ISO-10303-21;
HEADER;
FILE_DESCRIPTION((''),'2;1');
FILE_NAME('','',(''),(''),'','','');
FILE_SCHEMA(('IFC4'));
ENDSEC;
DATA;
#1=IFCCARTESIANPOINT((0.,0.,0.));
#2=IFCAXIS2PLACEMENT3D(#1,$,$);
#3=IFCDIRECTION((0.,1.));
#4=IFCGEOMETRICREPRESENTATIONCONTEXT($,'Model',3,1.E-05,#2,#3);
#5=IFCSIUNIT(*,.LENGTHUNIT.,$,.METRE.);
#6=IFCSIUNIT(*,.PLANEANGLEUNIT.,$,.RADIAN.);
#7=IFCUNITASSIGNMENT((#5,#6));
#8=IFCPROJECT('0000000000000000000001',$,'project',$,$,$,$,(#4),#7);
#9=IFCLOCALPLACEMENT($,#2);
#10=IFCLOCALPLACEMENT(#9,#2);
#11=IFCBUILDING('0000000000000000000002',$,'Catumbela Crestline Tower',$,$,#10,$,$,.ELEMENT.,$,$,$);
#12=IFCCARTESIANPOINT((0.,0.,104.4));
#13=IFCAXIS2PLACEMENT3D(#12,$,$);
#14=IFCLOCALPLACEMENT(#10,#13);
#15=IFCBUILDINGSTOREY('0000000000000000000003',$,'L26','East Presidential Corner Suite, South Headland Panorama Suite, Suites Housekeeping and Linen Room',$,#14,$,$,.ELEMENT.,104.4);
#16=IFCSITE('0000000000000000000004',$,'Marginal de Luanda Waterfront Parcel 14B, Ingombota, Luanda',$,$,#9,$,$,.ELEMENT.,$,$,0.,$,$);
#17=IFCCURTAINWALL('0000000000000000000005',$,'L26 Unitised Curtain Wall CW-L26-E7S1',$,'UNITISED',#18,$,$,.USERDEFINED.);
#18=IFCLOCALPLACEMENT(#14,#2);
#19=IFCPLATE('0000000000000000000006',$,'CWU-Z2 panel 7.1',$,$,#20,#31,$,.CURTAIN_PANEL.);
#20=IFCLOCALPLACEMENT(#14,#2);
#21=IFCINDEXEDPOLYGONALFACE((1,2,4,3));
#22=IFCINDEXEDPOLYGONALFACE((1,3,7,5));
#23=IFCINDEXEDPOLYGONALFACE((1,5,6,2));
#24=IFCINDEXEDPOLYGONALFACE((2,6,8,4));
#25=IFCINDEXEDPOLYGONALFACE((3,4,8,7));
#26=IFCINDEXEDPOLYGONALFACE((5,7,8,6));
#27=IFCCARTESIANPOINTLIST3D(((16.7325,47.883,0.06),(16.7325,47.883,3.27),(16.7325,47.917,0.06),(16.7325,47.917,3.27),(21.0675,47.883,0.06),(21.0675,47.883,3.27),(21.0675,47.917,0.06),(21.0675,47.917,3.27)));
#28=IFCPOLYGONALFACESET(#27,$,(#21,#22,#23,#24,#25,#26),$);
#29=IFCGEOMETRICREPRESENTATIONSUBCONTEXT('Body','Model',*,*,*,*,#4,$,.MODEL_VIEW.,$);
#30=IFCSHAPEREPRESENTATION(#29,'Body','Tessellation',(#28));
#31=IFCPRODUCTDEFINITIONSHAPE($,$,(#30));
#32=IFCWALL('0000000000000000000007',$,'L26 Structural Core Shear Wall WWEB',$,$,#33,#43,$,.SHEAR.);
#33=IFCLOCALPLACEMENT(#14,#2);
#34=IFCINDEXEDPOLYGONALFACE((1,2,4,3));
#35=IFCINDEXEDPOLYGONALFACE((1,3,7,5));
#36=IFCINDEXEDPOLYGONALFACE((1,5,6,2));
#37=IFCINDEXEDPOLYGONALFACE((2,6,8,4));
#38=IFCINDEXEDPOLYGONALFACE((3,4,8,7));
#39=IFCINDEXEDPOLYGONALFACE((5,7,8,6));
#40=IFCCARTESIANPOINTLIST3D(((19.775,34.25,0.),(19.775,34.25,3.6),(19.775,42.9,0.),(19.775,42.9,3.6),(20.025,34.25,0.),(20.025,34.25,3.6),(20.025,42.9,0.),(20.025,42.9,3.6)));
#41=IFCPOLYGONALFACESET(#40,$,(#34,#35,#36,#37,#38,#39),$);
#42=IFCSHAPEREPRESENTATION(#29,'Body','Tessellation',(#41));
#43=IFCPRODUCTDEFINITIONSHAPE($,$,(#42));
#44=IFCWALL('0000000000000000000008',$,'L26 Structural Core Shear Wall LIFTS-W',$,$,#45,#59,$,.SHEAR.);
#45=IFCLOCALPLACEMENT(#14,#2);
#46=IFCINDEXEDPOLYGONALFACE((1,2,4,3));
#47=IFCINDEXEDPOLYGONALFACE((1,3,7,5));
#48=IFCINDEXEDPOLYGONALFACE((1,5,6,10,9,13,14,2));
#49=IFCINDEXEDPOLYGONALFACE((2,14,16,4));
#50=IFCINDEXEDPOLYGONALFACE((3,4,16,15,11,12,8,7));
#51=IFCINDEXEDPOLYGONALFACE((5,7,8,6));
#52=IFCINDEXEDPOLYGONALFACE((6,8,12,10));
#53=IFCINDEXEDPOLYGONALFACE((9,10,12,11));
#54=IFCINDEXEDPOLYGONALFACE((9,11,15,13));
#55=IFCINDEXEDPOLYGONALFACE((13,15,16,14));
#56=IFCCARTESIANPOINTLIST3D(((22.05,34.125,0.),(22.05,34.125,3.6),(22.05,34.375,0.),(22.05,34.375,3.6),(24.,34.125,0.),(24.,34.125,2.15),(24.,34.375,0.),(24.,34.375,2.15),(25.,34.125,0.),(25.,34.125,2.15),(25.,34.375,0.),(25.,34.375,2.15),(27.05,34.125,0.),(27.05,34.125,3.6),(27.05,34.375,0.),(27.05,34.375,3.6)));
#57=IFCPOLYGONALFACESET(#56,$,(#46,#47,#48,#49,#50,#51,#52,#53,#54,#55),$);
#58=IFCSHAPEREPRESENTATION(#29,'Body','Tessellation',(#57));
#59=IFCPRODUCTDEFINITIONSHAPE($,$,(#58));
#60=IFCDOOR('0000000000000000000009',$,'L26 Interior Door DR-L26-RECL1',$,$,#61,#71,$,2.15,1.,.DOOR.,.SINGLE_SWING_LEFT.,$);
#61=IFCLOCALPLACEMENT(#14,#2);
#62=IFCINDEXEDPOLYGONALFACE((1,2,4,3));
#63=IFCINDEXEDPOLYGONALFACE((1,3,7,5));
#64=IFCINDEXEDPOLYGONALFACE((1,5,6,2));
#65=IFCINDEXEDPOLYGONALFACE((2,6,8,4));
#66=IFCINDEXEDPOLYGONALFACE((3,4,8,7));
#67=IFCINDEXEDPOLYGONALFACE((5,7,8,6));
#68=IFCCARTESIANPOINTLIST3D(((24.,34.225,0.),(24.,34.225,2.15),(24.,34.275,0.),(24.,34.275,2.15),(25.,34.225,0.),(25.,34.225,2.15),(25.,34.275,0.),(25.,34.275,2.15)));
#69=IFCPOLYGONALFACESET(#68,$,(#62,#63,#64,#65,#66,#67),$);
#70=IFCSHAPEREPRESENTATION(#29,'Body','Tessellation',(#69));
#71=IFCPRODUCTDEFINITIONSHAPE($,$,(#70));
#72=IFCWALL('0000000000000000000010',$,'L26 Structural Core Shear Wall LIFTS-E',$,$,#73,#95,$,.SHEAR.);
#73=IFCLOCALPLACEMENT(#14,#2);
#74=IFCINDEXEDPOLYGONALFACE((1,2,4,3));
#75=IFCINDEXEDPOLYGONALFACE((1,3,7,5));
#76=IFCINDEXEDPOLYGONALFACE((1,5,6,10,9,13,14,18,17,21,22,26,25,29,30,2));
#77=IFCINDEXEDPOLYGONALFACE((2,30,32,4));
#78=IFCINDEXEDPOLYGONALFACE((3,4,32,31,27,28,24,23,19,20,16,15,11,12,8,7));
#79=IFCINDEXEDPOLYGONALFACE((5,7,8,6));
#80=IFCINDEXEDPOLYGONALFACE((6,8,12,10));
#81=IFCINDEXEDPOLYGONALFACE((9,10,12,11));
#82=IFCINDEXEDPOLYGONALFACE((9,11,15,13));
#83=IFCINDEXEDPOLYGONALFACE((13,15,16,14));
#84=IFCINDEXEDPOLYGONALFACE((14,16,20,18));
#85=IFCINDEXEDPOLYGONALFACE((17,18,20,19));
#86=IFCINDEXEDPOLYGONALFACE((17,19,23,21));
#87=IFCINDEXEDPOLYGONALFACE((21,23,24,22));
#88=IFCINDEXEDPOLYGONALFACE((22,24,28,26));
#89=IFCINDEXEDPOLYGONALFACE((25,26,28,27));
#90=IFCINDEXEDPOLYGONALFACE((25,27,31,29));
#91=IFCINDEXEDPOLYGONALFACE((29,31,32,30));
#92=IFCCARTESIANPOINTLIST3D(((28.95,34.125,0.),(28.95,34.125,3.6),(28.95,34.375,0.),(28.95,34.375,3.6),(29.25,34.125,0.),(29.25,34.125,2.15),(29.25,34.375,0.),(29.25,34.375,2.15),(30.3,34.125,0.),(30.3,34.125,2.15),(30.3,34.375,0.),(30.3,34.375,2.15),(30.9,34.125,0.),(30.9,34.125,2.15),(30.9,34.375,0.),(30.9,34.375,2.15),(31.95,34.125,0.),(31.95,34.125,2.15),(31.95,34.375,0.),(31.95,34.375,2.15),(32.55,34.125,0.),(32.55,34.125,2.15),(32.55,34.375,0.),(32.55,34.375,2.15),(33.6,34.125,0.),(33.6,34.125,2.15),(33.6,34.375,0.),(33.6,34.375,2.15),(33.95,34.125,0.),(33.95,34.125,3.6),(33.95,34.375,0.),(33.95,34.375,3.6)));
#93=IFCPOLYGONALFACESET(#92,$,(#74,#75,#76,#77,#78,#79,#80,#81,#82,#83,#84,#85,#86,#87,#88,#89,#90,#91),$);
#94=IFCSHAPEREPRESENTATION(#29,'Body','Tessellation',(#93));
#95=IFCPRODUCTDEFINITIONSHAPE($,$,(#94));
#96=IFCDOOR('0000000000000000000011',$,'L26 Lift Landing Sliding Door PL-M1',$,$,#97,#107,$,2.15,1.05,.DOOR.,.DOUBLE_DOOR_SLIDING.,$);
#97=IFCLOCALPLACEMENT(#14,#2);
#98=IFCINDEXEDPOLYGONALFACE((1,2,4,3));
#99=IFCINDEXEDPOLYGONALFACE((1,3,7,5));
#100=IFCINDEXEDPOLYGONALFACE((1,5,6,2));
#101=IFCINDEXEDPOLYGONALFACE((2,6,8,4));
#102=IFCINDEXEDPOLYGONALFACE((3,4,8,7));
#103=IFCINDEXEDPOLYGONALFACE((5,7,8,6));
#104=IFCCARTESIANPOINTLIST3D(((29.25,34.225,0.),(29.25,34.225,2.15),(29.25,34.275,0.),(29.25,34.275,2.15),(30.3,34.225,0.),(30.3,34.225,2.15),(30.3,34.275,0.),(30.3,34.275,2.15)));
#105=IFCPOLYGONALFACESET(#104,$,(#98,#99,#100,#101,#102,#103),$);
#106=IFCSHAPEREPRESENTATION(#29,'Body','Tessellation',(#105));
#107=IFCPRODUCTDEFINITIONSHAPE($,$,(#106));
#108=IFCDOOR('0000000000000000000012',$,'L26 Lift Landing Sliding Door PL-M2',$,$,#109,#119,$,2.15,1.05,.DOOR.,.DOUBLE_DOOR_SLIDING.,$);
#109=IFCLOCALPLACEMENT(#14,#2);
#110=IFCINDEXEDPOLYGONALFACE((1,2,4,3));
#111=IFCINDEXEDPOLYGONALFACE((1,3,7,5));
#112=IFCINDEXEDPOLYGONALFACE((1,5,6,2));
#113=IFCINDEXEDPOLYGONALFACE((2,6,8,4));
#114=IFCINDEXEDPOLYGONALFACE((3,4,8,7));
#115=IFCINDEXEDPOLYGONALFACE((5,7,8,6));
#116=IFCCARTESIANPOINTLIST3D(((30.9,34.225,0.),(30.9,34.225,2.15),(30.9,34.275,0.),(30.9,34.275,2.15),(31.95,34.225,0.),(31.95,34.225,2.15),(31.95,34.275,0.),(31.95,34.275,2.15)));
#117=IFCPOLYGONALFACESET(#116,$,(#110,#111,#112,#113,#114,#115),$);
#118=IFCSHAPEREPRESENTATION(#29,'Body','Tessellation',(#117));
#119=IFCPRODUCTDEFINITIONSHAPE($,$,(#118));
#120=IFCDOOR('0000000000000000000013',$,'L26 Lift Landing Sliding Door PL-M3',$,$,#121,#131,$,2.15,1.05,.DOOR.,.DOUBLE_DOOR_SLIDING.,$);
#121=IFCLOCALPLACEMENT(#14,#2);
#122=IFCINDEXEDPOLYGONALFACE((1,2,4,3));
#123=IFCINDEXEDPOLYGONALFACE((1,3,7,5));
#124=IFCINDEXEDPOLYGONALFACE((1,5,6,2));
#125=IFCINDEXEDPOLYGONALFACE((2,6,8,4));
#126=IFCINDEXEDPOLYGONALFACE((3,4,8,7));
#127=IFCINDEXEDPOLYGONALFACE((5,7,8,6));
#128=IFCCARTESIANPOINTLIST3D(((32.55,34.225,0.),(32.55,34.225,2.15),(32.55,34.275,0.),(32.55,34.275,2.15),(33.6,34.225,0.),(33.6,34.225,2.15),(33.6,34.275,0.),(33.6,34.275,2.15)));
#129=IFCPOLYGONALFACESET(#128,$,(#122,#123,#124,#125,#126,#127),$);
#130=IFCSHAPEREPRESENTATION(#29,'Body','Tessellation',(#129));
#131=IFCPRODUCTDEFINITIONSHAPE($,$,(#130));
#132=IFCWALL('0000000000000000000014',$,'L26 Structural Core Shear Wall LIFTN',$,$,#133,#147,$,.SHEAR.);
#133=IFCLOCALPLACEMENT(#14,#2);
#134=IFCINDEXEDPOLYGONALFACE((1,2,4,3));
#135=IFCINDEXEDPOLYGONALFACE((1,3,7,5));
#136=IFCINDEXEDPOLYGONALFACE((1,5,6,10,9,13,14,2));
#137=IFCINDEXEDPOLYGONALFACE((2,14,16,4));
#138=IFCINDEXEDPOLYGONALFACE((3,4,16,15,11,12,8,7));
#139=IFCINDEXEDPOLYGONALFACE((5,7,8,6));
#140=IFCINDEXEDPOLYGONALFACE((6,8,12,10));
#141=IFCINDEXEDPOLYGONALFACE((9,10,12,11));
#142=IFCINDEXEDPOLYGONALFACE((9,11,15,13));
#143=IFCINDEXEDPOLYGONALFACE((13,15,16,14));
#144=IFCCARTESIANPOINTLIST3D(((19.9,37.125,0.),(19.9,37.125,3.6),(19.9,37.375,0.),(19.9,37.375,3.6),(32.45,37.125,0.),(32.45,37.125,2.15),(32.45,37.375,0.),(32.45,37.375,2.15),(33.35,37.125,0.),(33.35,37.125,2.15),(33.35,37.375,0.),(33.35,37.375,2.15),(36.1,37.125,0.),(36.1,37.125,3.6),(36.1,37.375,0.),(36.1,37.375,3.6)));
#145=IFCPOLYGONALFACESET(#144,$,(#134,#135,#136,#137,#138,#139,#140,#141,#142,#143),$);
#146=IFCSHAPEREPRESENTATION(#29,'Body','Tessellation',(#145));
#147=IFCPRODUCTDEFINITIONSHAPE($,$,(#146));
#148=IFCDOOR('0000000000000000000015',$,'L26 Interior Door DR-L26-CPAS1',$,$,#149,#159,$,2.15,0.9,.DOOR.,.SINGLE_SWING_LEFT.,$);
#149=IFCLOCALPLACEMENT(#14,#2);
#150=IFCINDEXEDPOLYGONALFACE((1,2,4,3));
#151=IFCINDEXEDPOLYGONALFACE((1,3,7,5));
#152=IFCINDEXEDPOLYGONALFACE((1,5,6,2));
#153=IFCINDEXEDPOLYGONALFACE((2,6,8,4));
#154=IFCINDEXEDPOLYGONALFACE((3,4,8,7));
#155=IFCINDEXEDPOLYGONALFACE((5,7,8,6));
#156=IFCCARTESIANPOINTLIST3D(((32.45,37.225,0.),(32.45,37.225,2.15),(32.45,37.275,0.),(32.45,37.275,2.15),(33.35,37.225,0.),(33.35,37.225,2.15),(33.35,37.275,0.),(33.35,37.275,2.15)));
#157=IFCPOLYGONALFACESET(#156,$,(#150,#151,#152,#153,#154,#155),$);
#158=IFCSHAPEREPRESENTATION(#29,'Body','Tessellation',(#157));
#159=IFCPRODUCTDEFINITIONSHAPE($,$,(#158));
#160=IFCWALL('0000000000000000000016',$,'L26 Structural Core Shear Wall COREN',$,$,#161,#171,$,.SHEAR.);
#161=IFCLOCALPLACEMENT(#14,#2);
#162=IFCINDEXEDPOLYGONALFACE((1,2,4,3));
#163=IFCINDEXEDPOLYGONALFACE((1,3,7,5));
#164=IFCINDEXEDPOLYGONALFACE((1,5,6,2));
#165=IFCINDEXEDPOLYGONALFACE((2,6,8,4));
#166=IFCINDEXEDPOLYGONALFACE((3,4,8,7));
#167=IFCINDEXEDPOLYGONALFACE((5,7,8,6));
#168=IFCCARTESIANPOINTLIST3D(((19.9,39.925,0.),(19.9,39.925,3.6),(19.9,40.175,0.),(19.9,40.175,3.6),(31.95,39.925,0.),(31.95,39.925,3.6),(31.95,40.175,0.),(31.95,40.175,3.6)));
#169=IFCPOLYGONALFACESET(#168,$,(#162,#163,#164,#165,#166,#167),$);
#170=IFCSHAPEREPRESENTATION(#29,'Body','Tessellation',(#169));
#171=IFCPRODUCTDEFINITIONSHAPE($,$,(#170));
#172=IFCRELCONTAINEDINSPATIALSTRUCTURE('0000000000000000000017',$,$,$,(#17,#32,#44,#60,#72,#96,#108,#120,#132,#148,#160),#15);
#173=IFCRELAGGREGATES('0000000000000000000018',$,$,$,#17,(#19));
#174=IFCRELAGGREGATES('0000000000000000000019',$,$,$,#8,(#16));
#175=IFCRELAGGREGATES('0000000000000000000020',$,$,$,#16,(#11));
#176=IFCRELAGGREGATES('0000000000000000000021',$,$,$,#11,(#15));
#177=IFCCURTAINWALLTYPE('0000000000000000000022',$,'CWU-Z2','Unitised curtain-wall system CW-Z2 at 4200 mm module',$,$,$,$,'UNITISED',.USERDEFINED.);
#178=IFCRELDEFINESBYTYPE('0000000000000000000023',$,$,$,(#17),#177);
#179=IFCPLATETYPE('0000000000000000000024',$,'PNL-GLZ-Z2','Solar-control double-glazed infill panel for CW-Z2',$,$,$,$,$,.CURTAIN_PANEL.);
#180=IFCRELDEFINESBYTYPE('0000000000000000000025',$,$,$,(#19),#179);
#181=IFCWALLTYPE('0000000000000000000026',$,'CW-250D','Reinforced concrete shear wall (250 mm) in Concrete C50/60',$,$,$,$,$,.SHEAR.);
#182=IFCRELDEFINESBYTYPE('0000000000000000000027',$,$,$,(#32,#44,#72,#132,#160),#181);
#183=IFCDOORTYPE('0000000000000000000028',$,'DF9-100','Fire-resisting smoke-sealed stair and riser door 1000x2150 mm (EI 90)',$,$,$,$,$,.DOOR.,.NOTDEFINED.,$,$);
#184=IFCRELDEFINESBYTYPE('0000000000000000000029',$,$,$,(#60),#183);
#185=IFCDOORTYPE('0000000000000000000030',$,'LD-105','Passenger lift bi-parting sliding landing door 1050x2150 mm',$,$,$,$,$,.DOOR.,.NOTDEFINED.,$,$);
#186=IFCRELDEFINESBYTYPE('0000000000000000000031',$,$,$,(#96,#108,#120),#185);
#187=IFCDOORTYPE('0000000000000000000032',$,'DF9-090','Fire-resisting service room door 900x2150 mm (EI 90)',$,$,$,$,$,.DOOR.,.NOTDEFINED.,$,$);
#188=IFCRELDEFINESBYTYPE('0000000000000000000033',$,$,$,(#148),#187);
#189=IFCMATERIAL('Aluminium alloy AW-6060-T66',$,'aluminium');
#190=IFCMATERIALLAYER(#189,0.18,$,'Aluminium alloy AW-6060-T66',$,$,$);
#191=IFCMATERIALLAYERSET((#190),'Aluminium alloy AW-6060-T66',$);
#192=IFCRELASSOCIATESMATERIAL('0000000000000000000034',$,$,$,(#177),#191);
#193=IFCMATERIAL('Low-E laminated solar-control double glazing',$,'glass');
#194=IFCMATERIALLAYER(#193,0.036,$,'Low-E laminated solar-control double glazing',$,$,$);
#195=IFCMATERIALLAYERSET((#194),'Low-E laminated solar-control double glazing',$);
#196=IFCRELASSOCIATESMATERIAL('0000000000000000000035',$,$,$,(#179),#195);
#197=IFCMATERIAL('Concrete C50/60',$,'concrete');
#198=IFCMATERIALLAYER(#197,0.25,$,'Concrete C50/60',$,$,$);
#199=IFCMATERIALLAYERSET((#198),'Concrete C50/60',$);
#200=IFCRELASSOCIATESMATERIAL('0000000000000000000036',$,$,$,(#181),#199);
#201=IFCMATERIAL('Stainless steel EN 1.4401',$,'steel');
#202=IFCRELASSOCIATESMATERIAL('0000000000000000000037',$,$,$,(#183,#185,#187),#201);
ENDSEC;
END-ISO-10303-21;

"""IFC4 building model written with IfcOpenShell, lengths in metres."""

from ifc_helpers import new_model, si_unit, direction, frame, frame_2d, origin, origin_2d, place, context, subcontext, project, spatial, rectangle, extrude, material, layer, layer_set, type_object, element, fill, aggregate, save


model = new_model("IFC4")

# Units and contexts
model_context = context("Model", 3, precision=1e-05, world=origin(), true_north=direction((0.0, 1.0)))
body_context = subcontext(model_context, "Body", "Model", "MODEL_VIEW")
ifc_project = project(units=[si_unit("LENGTHUNIT", "METRE"), si_unit("PLANEANGLEUNIT", "RADIAN")], contexts=[model_context])

# Site, building, storey
site_placement = place(None, origin())
site = spatial("IfcSite", under=ifc_project, at=site_placement, Name="Marginal de Luanda Waterfront Parcel 14B, Ingombota, Luanda", CompositionType="ELEMENT", RefElevation=0.0)
building_placement = place(site_placement, origin())
building = spatial("IfcBuilding", under=site, at=building_placement, Name="Catumbela Crestline Tower", CompositionType="ELEMENT")
storey_placement = place(building_placement, frame((0.0, 0.0, 104.4)))
storey = spatial("IfcBuildingStorey", under=building, at=storey_placement, Name="L26", Description="East Presidential Corner Suite, South Headland Panorama Suite, Suites Housekeeping and Linen Room", CompositionType="ELEMENT", Elevation=104.4)

# Curtain wall, plate
ifc_material_1 = material(Name="Aluminium alloy AW-6060-T66", Category="aluminium")
ifc_layer_1 = layer(ifc_material_1, 0.18, Name="Aluminium alloy AW-6060-T66")
ifc_layer_set_1 = layer_set([ifc_layer_1], Name="Aluminium alloy AW-6060-T66")
curtain_wall_type = type_object("IfcCurtainWallType", Name="CWU-Z2", Description="Unitised curtain-wall system CW-Z2 at 4200 mm module", ElementType="UNITISED", PredefinedType="USERDEFINED", material=ifc_layer_set_1)
curtain_wall_placement = place(storey_placement, origin())
curtain_wall = element("IfcCurtainWall", 1, at=curtain_wall_placement, inside=storey, type_object=curtain_wall_type, Name="L26 Unitised Curtain Wall CW-L26-E7S1", ObjectType="UNITISED", PredefinedType="USERDEFINED")
ifc_material_2 = material(Name="Low-E laminated solar-control double glazing", Category="glass")
ifc_layer_2 = layer(ifc_material_2, 0.036, Name="Low-E laminated solar-control double glazing")
ifc_layer_set_2 = layer_set([ifc_layer_2], Name="Low-E laminated solar-control double glazing")
plate_type = type_object("IfcPlateType", Name="PNL-GLZ-Z2", Description="Solar-control double-glazed infill panel for CW-Z2", PredefinedType="CURTAIN_PANEL", material=ifc_layer_set_2)
plate_1_placement = place(storey_placement, frame((18.9, 47.9, 0.06), z_axis=(0.0, 0.0, 1.0), x_axis=(-1.0, 0.0, 0.0)))
plate_1 = element("IfcPlate", 2, at=plate_1_placement, type_object=plate_type, Name="CWU-Z2 panel 7.1", PredefinedType="CURTAIN_PANEL", context=body_context, shape_type="SweptSolid", body=[
    extrude(rectangle(XDim=4.335, YDim=0.034, at=origin_2d()), origin(), (0.0, 0.0, 1.0), 3.21),
])
aggregate(curtain_wall, [plate_1])

# Wall
ifc_material_3 = material(Name="Concrete C50/60", Category="concrete")
ifc_layer_3 = layer(ifc_material_3, 0.25, Name="Concrete C50/60")
ifc_layer_set_3 = layer_set([ifc_layer_3], Name="Concrete C50/60")
wall_type_1 = type_object("IfcWallType", Name="CW-250D", Description="Reinforced concrete shear wall (250 mm) in Concrete C50/60", PredefinedType="SHEAR", material=ifc_layer_set_3)
wall_1_placement = place(storey_placement, frame((19.9, 34.25, 0.0), z_axis=(0.0, 0.0, 1.0), x_axis=(0.0, 1.0, 0.0)))
element("IfcWall", 3, at=wall_1_placement, inside=storey, type_object=wall_type_1, Name="L26 Structural Core Shear Wall WWEB", PredefinedType="SHEAR", context=body_context, shape_type="SweptSolid", body=[
    extrude(rectangle(XDim=8.65, YDim=0.25, at=frame_2d((4.325, 0.0))), origin(), (0.0, 0.0, 1.0), 3.6),
])

# Wall, opening, door
wall_2_placement = place(storey_placement, frame((22.05, 34.25, 0.0), z_axis=(0.0, 0.0, 1.0), x_axis=(1.0, 0.0, 0.0)))
wall_2 = element("IfcWall", 4, at=wall_2_placement, inside=storey, type_object=wall_type_1, Name="L26 Structural Core Shear Wall LIFTS-W", PredefinedType="SHEAR", context=body_context, shape_type="SweptSolid", body=[
    extrude(rectangle(XDim=5.0, YDim=0.25, at=frame_2d((2.5, 0.0))), origin(), (0.0, 0.0, 1.0), 3.6),
])
opening_1_placement = place(wall_2_placement, frame((1.95, 0.0, 0.0)))
opening_1 = element("IfcOpeningElement", 5, at=opening_1_placement, cuts=wall_2, PredefinedType="OPENING", context=body_context, shape_type="SweptSolid", body=[
    extrude(rectangle(XDim=1.0, YDim=2.15, at=frame_2d((0.5, 1.075))), frame((0.0, 0.135, 0.0), z_axis=(0.0, -1.0, 0.0), x_axis=(1.0, 0.0, 0.0)), (0.0, 0.0, 1.0), 0.27),
])
ifc_material_4 = material(Name="Stainless steel EN 1.4401", Category="steel")
door_type_1 = type_object("IfcDoorType", Name="DF9-100", Description="Fire-resisting smoke-sealed stair and riser door 1000x2150 mm (EI 90)", OperationType="NOTDEFINED", PredefinedType="DOOR", material=ifc_material_4)
door_1_placement = place(opening_1_placement, origin())
door_1 = element("IfcDoor", 6, at=door_1_placement, inside=storey, type_object=door_type_1, Name="L26 Interior Door DR-L26-RECL1", OperationType="SINGLE_SWING_LEFT", OverallHeight=2.15, OverallWidth=1.0, PredefinedType="DOOR", context=body_context, shape_type="SweptSolid", body=[
    extrude(rectangle(XDim=1.0, YDim=2.15, at=frame_2d((0.5, 1.075))), frame((0.0, 0.025, 0.0), z_axis=(0.0, -1.0, 0.0), x_axis=(1.0, 0.0, 0.0)), (0.0, 0.0, 1.0), 0.05),
])
fill(opening_1, door_1)

# Wall, openings, doors
wall_3_placement = place(storey_placement, frame((28.95, 34.25, 0.0), z_axis=(0.0, 0.0, 1.0), x_axis=(1.0, 0.0, 0.0)))
wall_3 = element("IfcWall", 7, at=wall_3_placement, inside=storey, type_object=wall_type_1, Name="L26 Structural Core Shear Wall LIFTS-E", PredefinedType="SHEAR", context=body_context, shape_type="SweptSolid", body=[
    extrude(rectangle(XDim=5.0, YDim=0.25, at=frame_2d((2.5, 0.0))), origin(), (0.0, 0.0, 1.0), 3.6),
])
opening_2_placement = place(wall_3_placement, frame((0.3, 0.0, 0.0)))
opening_2 = element("IfcOpeningElement", 8, at=opening_2_placement, cuts=wall_3, PredefinedType="OPENING", context=body_context, shape_type="SweptSolid", body=[
    extrude(rectangle(XDim=1.05, YDim=2.15, at=frame_2d((0.525, 1.075))), frame((0.0, 0.135, 0.0), z_axis=(0.0, -1.0, 0.0), x_axis=(1.0, 0.0, 0.0)), (0.0, 0.0, 1.0), 0.27),
])
opening_3_placement = place(wall_3_placement, frame((1.95, 0.0, 0.0)))
opening_3 = element("IfcOpeningElement", 9, at=opening_3_placement, cuts=wall_3, PredefinedType="OPENING", context=body_context, shape_type="SweptSolid", body=[
    extrude(rectangle(XDim=1.05, YDim=2.15, at=frame_2d((0.525, 1.075))), frame((0.0, 0.135, 0.0), z_axis=(0.0, -1.0, 0.0), x_axis=(1.0, 0.0, 0.0)), (0.0, 0.0, 1.0), 0.27),
])
opening_4_placement = place(wall_3_placement, frame((3.6, 0.0, 0.0)))
opening_4 = element("IfcOpeningElement", 10, at=opening_4_placement, cuts=wall_3, PredefinedType="OPENING", context=body_context, shape_type="SweptSolid", body=[
    extrude(rectangle(XDim=1.05, YDim=2.15, at=frame_2d((0.525, 1.075))), frame((0.0, 0.135, 0.0), z_axis=(0.0, -1.0, 0.0), x_axis=(1.0, 0.0, 0.0)), (0.0, 0.0, 1.0), 0.27),
])
door_type_2 = type_object("IfcDoorType", Name="LD-105", Description="Passenger lift bi-parting sliding landing door 1050x2150 mm", OperationType="NOTDEFINED", PredefinedType="DOOR", material=ifc_material_4)
door_2_placement = place(opening_2_placement, origin())
door_2 = element("IfcDoor", 11, at=door_2_placement, inside=storey, type_object=door_type_2, Name="L26 Lift Landing Sliding Door PL-M1", OperationType="DOUBLE_DOOR_SLIDING", OverallHeight=2.15, OverallWidth=1.05, PredefinedType="DOOR", context=body_context, shape_type="SweptSolid", body=[
    extrude(rectangle(XDim=1.05, YDim=2.15, at=frame_2d((0.525, 1.075))), frame((0.0, 0.025, 0.0), z_axis=(0.0, -1.0, 0.0), x_axis=(1.0, 0.0, 0.0)), (0.0, 0.0, 1.0), 0.05),
])
fill(opening_2, door_2)
door_3_placement = place(opening_3_placement, origin())
door_3 = element("IfcDoor", 12, at=door_3_placement, inside=storey, type_object=door_type_2, Name="L26 Lift Landing Sliding Door PL-M2", OperationType="DOUBLE_DOOR_SLIDING", OverallHeight=2.15, OverallWidth=1.05, PredefinedType="DOOR", context=body_context, shape_type="SweptSolid", body=[
    extrude(rectangle(XDim=1.05, YDim=2.15, at=frame_2d((0.525, 1.075))), frame((0.0, 0.025, 0.0), z_axis=(0.0, -1.0, 0.0), x_axis=(1.0, 0.0, 0.0)), (0.0, 0.0, 1.0), 0.05),
])
fill(opening_3, door_3)
door_4_placement = place(opening_4_placement, origin())
door_4 = element("IfcDoor", 13, at=door_4_placement, inside=storey, type_object=door_type_2, Name="L26 Lift Landing Sliding Door PL-M3", OperationType="DOUBLE_DOOR_SLIDING", OverallHeight=2.15, OverallWidth=1.05, PredefinedType="DOOR", context=body_context, shape_type="SweptSolid", body=[
    extrude(rectangle(XDim=1.05, YDim=2.15, at=frame_2d((0.525, 1.075))), frame((0.0, 0.025, 0.0), z_axis=(0.0, -1.0, 0.0), x_axis=(1.0, 0.0, 0.0)), (0.0, 0.0, 1.0), 0.05),
])
fill(opening_4, door_4)

# Wall, opening, door
wall_4_placement = place(storey_placement, frame((19.9, 37.25, 0.0), z_axis=(0.0, 0.0, 1.0), x_axis=(1.0, 0.0, 0.0)))
wall_4 = element("IfcWall", 14, at=wall_4_placement, inside=storey, type_object=wall_type_1, Name="L26 Structural Core Shear Wall LIFTN", PredefinedType="SHEAR", context=body_context, shape_type="SweptSolid", body=[
    extrude(rectangle(XDim=16.2, YDim=0.25, at=frame_2d((8.1, 0.0))), origin(), (0.0, 0.0, 1.0), 3.6),
])
opening_5_placement = place(wall_4_placement, frame((12.55, 0.0, 0.0)))
opening_5 = element("IfcOpeningElement", 15, at=opening_5_placement, cuts=wall_4, PredefinedType="OPENING", context=body_context, shape_type="SweptSolid", body=[
    extrude(rectangle(XDim=0.9, YDim=2.15, at=frame_2d((0.45, 1.075))), frame((0.0, 0.135, 0.0), z_axis=(0.0, -1.0, 0.0), x_axis=(1.0, 0.0, 0.0)), (0.0, 0.0, 1.0), 0.27),
])
door_type_3 = type_object("IfcDoorType", Name="DF9-090", Description="Fire-resisting service room door 900x2150 mm (EI 90)", OperationType="NOTDEFINED", PredefinedType="DOOR", material=ifc_material_4)
door_5_placement = place(opening_5_placement, origin())
door_5 = element("IfcDoor", 16, at=door_5_placement, inside=storey, type_object=door_type_3, Name="L26 Interior Door DR-L26-CPAS1", OperationType="SINGLE_SWING_LEFT", OverallHeight=2.15, OverallWidth=0.9, PredefinedType="DOOR", context=body_context, shape_type="SweptSolid", body=[
    extrude(rectangle(XDim=0.9, YDim=2.15, at=frame_2d((0.45, 1.075))), frame((0.0, 0.025, 0.0), z_axis=(0.0, -1.0, 0.0), x_axis=(1.0, 0.0, 0.0)), (0.0, 0.0, 1.0), 0.05),
])
fill(opening_5, door_5)

# Wall
wall_5_placement = place(storey_placement, frame((19.9, 40.05, 0.0), z_axis=(0.0, 0.0, 1.0), x_axis=(1.0, 0.0, 0.0)))
element("IfcWall", 17, at=wall_5_placement, inside=storey, type_object=wall_type_1, Name="L26 Structural Core Shear Wall COREN", PredefinedType="SHEAR", context=body_context, shape_type="SweptSolid", body=[
    extrude(rectangle(XDim=12.05, YDim=0.25, at=frame_2d((6.025, 0.0))), origin(), (0.0, 0.0, 1.0), 3.6),
])

save(model, "model.ifc")
